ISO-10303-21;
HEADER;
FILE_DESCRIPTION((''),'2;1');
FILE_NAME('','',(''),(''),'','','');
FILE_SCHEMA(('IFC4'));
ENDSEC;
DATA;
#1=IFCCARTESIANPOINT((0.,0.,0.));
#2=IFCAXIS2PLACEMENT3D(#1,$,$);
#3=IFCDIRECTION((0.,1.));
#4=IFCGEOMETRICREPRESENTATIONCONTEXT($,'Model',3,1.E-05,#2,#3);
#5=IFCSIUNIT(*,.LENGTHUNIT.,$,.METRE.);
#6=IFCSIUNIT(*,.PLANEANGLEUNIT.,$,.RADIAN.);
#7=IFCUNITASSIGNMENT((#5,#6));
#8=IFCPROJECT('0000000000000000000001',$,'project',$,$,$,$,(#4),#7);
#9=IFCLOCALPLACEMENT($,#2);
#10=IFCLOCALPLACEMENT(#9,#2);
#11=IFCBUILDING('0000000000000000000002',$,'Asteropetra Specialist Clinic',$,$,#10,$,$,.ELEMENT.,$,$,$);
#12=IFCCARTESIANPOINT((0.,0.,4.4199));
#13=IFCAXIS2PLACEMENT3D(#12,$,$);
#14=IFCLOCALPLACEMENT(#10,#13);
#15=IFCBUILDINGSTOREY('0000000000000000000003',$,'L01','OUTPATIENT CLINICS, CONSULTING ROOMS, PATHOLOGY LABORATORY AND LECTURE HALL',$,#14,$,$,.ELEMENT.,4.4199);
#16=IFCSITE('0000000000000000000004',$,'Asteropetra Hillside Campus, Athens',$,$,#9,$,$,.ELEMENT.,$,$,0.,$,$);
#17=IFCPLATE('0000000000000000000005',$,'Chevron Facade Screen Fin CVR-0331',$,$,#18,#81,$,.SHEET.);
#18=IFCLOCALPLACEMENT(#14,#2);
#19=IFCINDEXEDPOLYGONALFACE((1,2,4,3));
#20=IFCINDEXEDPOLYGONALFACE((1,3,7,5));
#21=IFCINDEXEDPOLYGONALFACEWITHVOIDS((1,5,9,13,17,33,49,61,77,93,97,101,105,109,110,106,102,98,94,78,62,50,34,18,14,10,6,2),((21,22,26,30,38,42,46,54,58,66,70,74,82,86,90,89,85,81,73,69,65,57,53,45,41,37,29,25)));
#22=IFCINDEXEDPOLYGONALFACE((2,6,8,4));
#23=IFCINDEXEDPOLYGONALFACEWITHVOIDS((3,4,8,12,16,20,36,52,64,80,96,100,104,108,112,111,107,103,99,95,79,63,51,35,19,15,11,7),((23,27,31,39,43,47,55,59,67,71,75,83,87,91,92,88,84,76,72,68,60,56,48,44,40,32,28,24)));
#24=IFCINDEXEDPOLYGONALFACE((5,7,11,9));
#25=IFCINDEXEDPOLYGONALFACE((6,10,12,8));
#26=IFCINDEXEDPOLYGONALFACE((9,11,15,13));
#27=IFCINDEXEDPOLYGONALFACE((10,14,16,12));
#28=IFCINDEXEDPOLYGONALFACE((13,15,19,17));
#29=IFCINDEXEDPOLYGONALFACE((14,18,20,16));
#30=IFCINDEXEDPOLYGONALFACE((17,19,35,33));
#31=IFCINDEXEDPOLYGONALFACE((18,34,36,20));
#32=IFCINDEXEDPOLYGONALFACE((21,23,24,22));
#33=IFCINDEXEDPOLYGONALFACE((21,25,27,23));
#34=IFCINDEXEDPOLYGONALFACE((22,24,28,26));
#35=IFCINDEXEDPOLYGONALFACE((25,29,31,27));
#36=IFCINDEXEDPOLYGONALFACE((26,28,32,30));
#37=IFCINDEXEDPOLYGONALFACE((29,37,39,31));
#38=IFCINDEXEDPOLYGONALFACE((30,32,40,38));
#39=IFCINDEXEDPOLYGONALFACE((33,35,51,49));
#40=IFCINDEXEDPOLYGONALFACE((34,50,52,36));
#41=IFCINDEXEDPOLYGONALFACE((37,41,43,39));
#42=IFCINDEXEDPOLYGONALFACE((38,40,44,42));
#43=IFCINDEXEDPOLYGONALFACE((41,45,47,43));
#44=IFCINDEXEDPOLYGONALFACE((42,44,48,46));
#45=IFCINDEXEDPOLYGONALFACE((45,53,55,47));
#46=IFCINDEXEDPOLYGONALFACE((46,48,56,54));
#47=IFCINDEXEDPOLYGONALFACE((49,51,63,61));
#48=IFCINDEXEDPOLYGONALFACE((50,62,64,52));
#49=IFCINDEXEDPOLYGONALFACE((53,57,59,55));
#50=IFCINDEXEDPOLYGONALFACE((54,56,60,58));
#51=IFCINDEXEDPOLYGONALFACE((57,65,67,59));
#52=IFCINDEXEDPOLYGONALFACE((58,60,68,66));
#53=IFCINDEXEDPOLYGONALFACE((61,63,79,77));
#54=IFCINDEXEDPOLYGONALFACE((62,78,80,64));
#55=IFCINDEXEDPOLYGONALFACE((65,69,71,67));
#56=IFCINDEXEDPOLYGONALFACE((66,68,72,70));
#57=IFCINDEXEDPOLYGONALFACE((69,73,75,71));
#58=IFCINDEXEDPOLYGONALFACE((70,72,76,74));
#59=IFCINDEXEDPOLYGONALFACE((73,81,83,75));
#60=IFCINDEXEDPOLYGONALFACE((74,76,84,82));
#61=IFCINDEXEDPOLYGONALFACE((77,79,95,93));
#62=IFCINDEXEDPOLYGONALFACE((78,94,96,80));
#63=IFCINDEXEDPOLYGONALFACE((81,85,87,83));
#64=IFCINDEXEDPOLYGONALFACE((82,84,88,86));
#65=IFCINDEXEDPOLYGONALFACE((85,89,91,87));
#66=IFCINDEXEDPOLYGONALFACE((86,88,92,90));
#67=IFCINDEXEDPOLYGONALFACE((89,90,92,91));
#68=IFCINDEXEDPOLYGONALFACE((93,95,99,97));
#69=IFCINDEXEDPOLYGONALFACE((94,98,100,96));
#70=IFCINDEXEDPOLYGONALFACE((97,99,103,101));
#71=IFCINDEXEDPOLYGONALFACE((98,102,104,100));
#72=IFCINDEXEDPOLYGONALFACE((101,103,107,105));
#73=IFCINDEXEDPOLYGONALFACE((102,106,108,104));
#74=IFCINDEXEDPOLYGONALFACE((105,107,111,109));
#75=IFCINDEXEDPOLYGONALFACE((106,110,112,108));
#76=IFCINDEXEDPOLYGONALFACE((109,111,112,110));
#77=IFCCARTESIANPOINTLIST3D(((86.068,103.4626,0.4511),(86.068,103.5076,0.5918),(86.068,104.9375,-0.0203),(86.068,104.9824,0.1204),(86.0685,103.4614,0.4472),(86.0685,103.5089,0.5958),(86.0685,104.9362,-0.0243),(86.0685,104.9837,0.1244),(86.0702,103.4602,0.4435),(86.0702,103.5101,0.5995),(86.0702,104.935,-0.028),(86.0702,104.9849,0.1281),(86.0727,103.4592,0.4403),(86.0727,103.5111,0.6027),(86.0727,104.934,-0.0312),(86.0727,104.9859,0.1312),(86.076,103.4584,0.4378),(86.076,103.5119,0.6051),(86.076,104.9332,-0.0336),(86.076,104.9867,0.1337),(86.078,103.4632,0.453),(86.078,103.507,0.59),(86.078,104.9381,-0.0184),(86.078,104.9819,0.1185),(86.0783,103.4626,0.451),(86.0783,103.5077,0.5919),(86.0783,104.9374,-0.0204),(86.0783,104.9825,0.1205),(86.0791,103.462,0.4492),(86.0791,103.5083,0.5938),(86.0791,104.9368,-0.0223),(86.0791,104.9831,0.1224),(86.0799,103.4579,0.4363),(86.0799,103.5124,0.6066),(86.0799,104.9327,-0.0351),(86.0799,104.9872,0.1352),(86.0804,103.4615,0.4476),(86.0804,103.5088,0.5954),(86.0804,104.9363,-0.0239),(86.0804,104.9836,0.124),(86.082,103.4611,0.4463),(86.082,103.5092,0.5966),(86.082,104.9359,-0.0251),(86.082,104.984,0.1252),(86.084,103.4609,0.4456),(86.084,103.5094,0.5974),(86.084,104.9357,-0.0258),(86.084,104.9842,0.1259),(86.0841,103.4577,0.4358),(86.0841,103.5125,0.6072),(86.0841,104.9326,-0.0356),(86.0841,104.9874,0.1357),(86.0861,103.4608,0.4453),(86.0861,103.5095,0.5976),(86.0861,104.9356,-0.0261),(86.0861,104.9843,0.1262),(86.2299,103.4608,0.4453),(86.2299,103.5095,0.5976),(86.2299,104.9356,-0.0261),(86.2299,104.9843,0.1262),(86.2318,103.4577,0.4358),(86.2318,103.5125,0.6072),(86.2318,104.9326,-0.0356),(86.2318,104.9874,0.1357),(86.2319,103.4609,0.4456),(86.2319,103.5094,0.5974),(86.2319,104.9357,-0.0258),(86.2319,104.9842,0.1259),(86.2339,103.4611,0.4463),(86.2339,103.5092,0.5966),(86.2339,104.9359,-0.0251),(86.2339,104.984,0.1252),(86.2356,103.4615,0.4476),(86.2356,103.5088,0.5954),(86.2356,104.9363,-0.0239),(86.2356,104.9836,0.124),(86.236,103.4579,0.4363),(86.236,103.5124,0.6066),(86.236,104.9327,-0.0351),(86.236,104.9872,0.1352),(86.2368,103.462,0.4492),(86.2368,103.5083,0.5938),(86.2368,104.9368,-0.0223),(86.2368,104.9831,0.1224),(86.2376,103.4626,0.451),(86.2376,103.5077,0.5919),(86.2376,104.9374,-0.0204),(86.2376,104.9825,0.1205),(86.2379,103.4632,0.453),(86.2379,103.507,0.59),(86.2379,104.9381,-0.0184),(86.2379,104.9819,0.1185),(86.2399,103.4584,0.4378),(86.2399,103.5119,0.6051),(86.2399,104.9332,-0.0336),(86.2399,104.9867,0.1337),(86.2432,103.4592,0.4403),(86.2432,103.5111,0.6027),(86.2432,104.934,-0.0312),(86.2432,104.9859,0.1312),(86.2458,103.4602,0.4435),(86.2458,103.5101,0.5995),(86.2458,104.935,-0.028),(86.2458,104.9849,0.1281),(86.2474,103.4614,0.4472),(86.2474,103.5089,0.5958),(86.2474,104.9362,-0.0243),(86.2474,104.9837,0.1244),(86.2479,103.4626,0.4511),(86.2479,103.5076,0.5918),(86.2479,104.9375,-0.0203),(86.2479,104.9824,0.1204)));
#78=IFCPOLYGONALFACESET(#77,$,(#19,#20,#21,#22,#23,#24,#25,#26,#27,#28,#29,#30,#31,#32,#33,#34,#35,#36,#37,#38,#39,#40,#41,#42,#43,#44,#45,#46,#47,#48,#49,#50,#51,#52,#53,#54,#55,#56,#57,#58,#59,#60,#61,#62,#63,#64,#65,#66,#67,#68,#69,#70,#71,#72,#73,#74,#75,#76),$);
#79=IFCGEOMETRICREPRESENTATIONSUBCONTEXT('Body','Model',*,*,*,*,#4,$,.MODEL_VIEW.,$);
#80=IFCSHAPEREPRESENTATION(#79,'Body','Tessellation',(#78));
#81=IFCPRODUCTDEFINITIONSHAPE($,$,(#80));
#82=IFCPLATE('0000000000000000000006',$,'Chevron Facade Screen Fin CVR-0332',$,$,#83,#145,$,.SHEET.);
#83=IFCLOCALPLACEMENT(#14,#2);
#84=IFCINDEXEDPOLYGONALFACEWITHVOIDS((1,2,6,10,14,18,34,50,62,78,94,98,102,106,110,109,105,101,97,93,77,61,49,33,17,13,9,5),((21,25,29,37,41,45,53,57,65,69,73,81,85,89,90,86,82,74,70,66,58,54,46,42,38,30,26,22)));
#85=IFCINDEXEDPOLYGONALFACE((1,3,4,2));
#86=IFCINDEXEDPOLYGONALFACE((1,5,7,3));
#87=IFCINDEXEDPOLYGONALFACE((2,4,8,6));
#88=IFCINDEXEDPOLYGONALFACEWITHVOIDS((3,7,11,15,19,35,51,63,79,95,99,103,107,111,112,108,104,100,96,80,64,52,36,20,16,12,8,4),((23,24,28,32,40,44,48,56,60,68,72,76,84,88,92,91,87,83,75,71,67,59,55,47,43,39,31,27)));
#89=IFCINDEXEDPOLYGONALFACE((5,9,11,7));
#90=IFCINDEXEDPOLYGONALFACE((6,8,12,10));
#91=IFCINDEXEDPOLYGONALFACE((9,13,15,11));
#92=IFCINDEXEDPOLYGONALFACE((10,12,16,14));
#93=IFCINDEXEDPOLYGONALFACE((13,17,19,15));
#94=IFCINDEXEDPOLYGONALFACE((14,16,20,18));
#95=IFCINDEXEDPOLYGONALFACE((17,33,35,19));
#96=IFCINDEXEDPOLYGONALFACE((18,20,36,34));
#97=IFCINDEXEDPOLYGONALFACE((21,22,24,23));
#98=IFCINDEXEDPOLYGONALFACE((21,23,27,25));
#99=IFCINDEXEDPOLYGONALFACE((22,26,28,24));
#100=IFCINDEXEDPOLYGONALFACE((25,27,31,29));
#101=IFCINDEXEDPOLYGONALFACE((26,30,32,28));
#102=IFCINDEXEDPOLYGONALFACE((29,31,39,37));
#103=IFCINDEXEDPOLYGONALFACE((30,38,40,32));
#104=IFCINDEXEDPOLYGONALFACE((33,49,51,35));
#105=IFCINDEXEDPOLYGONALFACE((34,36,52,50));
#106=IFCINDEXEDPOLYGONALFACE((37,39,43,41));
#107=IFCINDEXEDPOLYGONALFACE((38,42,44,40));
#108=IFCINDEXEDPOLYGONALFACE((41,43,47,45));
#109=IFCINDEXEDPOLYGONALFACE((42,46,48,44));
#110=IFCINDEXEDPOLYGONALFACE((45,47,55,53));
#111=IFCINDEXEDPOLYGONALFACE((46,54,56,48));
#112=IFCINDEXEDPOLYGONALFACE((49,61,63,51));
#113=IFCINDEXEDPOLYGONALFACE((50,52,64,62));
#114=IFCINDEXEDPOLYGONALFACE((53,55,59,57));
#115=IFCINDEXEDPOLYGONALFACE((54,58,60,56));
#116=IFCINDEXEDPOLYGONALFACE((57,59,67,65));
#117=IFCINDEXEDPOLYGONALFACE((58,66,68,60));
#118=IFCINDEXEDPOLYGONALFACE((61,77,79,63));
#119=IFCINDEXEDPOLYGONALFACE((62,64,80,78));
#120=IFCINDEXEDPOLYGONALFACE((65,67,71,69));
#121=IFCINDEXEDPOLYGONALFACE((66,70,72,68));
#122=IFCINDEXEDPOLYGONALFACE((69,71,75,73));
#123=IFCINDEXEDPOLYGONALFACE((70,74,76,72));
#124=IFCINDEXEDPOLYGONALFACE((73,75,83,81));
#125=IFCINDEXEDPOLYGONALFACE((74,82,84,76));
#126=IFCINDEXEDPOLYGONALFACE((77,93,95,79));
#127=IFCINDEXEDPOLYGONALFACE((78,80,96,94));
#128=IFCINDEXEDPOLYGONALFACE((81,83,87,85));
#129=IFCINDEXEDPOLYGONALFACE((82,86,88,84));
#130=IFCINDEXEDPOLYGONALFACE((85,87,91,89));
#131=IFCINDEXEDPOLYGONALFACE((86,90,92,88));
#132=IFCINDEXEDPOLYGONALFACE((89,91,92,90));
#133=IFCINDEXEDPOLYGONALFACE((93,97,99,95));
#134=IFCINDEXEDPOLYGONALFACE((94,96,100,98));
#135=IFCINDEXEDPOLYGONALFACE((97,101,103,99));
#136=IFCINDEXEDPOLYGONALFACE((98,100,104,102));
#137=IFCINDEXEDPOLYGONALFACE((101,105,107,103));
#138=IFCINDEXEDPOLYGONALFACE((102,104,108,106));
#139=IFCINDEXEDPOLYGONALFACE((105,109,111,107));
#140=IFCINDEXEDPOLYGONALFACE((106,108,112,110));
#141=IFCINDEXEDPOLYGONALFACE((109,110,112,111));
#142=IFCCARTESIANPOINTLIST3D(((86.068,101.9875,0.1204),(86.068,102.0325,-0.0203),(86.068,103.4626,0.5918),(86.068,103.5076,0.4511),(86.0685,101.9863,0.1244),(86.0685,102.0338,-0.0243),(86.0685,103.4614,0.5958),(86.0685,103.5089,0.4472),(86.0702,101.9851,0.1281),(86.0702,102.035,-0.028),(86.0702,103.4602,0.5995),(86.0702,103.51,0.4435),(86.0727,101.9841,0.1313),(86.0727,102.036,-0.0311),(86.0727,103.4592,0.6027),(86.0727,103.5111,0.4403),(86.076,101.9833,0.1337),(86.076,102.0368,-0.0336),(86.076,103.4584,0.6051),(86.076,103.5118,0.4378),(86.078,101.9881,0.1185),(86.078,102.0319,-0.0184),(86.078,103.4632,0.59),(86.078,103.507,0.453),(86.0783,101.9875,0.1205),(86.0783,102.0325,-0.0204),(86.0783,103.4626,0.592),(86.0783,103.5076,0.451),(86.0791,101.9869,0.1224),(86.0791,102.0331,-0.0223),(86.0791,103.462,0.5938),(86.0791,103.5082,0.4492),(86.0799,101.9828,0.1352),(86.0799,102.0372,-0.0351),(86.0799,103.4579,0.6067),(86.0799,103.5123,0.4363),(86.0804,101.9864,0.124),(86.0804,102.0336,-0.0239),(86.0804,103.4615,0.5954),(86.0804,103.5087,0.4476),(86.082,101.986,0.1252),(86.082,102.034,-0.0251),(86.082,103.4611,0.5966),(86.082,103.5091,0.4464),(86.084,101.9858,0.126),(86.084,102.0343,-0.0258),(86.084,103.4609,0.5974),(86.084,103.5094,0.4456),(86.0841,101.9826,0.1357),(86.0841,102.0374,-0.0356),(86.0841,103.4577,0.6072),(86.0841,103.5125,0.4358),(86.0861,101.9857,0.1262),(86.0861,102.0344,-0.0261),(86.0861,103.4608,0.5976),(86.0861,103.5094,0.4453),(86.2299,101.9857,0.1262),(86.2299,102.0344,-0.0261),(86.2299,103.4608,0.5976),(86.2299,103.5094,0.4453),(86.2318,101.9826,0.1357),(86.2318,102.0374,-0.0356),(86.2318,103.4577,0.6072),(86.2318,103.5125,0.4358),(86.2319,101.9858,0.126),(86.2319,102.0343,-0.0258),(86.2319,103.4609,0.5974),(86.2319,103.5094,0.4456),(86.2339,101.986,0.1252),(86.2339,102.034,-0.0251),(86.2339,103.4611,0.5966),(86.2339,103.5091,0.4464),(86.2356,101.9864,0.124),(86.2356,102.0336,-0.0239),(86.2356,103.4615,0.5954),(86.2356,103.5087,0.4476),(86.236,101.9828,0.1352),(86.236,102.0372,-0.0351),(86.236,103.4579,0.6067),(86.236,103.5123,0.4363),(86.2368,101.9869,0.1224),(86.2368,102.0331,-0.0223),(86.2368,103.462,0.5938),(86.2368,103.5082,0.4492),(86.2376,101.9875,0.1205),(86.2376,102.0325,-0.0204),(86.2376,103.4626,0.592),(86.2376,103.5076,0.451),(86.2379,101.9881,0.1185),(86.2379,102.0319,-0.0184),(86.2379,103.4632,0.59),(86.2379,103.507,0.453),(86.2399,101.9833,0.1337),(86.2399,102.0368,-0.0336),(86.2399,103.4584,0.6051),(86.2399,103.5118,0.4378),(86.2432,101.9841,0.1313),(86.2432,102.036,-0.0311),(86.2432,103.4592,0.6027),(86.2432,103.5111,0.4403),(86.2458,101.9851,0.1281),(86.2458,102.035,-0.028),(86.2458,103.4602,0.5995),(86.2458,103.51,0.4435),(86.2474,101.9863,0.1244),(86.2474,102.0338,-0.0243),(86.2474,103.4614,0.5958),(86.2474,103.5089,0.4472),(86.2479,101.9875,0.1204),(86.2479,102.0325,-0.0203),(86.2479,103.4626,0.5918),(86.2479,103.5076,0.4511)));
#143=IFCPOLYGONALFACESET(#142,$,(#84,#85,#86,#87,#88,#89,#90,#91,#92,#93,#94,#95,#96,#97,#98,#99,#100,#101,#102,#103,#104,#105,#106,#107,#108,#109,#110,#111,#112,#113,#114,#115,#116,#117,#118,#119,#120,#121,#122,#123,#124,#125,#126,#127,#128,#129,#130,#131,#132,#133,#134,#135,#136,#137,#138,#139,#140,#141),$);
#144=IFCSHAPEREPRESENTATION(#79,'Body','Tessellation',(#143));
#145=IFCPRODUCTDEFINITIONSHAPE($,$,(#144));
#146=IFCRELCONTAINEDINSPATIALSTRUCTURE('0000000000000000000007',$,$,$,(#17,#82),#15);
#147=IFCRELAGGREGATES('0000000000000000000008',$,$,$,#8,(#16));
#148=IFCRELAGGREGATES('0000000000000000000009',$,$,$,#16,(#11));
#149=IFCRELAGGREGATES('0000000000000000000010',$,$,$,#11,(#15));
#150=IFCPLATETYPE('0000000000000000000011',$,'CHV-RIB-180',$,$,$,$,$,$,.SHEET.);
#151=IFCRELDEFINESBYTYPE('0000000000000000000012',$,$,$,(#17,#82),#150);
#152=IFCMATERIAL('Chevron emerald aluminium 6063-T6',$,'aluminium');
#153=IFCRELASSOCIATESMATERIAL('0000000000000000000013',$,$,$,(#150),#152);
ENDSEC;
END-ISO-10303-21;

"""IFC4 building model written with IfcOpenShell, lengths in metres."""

from ifc_helpers import new_model, si_unit, direction, frame, origin, origin_2d, place, context, subcontext, project, spatial, hollow_rectangle, extrude, material, material_profile, profile_set, type_object, element, save


model = new_model("IFC4")

# Units and contexts
model_context = context("Model", 3, precision=1e-05, world=origin(), true_north=direction((0.0, 1.0)))
body_context = subcontext(model_context, "Body", "Model", "MODEL_VIEW")
ifc_project = project(units=[si_unit("LENGTHUNIT", "METRE"), si_unit("PLANEANGLEUNIT", "RADIAN")], contexts=[model_context])

# Site, building, storey
site_placement = place(None, origin())
site = spatial("IfcSite", under=ifc_project, at=site_placement, Name="Asteropetra Hillside Campus, Athens", CompositionType="ELEMENT", RefElevation=0.0)
building_placement = place(site_placement, origin())
building = spatial("IfcBuilding", under=site, at=building_placement, Name="Asteropetra Specialist Clinic", CompositionType="ELEMENT")
storey_placement = place(building_placement, frame((0.0, 0.0, 4.4199)))
storey = spatial("IfcBuildingStorey", under=building, at=storey_placement, Name="L01", Description="OUTPATIENT CLINICS, CONSULTING ROOMS, PATHOLOGY LABORATORY AND LECTURE HALL", CompositionType="ELEMENT", Elevation=4.4199)

# Plates
ifc_material_1 = material(Name="Chevron emerald aluminium 6063-T6", Category="aluminium")
ifc_material_profile = material_profile(ifc_material_1, hollow_rectangle(XDim=0.1799, YDim=0.1799, WallThickness=0.01, InnerFilletRadius=0.0081, OuterFilletRadius=0.0161, at=origin_2d()), Name="SHS 180x180x10.0")
ifc_profile_set = profile_set([ifc_material_profile], Name="Chevron emerald aluminium 6063-T6")
plate_type = type_object("IfcPlateType", Name="CHV-RIB-180", PredefinedType="SHEET", material=ifc_profile_set)
plate_1_placement = place(storey_placement, frame((86.158, 104.96, 0.05), z_axis=(0.0, -0.952521, 0.304472), x_axis=(1.0, 0.0, 0.0)))
element("IfcPlate", 1, at=plate_1_placement, inside=storey, type_object=plate_type, Name="Chevron Facade Screen Fin CVR-0331", PredefinedType="SHEET", context=body_context, shape_type="SweptSolid", body=[
    extrude(hollow_rectangle(XDim=0.1799, YDim=0.1799, WallThickness=0.01, InnerFilletRadius=0.0081, OuterFilletRadius=0.0161, at=origin_2d()), origin(), (0.0, 0.0, 1.0), 1.5483),
])
plate_2_placement = place(storey_placement, frame((86.158, 103.4851, 0.5215), z_axis=(0.0, -0.952536, -0.304427), x_axis=(1.0, 0.0, 0.0)))
element("IfcPlate", 2, at=plate_2_placement, inside=storey, type_object=plate_type, Name="Chevron Facade Screen Fin CVR-0332", PredefinedType="SHEET", context=body_context, shape_type="SweptSolid", body=[
    extrude(hollow_rectangle(XDim=0.1799, YDim=0.1799, WallThickness=0.01, InnerFilletRadius=0.0081, OuterFilletRadius=0.0161, at=origin_2d()), origin(), (0.0, 0.0, 1.0), 1.5486),
])

save(model, "model.ifc")
